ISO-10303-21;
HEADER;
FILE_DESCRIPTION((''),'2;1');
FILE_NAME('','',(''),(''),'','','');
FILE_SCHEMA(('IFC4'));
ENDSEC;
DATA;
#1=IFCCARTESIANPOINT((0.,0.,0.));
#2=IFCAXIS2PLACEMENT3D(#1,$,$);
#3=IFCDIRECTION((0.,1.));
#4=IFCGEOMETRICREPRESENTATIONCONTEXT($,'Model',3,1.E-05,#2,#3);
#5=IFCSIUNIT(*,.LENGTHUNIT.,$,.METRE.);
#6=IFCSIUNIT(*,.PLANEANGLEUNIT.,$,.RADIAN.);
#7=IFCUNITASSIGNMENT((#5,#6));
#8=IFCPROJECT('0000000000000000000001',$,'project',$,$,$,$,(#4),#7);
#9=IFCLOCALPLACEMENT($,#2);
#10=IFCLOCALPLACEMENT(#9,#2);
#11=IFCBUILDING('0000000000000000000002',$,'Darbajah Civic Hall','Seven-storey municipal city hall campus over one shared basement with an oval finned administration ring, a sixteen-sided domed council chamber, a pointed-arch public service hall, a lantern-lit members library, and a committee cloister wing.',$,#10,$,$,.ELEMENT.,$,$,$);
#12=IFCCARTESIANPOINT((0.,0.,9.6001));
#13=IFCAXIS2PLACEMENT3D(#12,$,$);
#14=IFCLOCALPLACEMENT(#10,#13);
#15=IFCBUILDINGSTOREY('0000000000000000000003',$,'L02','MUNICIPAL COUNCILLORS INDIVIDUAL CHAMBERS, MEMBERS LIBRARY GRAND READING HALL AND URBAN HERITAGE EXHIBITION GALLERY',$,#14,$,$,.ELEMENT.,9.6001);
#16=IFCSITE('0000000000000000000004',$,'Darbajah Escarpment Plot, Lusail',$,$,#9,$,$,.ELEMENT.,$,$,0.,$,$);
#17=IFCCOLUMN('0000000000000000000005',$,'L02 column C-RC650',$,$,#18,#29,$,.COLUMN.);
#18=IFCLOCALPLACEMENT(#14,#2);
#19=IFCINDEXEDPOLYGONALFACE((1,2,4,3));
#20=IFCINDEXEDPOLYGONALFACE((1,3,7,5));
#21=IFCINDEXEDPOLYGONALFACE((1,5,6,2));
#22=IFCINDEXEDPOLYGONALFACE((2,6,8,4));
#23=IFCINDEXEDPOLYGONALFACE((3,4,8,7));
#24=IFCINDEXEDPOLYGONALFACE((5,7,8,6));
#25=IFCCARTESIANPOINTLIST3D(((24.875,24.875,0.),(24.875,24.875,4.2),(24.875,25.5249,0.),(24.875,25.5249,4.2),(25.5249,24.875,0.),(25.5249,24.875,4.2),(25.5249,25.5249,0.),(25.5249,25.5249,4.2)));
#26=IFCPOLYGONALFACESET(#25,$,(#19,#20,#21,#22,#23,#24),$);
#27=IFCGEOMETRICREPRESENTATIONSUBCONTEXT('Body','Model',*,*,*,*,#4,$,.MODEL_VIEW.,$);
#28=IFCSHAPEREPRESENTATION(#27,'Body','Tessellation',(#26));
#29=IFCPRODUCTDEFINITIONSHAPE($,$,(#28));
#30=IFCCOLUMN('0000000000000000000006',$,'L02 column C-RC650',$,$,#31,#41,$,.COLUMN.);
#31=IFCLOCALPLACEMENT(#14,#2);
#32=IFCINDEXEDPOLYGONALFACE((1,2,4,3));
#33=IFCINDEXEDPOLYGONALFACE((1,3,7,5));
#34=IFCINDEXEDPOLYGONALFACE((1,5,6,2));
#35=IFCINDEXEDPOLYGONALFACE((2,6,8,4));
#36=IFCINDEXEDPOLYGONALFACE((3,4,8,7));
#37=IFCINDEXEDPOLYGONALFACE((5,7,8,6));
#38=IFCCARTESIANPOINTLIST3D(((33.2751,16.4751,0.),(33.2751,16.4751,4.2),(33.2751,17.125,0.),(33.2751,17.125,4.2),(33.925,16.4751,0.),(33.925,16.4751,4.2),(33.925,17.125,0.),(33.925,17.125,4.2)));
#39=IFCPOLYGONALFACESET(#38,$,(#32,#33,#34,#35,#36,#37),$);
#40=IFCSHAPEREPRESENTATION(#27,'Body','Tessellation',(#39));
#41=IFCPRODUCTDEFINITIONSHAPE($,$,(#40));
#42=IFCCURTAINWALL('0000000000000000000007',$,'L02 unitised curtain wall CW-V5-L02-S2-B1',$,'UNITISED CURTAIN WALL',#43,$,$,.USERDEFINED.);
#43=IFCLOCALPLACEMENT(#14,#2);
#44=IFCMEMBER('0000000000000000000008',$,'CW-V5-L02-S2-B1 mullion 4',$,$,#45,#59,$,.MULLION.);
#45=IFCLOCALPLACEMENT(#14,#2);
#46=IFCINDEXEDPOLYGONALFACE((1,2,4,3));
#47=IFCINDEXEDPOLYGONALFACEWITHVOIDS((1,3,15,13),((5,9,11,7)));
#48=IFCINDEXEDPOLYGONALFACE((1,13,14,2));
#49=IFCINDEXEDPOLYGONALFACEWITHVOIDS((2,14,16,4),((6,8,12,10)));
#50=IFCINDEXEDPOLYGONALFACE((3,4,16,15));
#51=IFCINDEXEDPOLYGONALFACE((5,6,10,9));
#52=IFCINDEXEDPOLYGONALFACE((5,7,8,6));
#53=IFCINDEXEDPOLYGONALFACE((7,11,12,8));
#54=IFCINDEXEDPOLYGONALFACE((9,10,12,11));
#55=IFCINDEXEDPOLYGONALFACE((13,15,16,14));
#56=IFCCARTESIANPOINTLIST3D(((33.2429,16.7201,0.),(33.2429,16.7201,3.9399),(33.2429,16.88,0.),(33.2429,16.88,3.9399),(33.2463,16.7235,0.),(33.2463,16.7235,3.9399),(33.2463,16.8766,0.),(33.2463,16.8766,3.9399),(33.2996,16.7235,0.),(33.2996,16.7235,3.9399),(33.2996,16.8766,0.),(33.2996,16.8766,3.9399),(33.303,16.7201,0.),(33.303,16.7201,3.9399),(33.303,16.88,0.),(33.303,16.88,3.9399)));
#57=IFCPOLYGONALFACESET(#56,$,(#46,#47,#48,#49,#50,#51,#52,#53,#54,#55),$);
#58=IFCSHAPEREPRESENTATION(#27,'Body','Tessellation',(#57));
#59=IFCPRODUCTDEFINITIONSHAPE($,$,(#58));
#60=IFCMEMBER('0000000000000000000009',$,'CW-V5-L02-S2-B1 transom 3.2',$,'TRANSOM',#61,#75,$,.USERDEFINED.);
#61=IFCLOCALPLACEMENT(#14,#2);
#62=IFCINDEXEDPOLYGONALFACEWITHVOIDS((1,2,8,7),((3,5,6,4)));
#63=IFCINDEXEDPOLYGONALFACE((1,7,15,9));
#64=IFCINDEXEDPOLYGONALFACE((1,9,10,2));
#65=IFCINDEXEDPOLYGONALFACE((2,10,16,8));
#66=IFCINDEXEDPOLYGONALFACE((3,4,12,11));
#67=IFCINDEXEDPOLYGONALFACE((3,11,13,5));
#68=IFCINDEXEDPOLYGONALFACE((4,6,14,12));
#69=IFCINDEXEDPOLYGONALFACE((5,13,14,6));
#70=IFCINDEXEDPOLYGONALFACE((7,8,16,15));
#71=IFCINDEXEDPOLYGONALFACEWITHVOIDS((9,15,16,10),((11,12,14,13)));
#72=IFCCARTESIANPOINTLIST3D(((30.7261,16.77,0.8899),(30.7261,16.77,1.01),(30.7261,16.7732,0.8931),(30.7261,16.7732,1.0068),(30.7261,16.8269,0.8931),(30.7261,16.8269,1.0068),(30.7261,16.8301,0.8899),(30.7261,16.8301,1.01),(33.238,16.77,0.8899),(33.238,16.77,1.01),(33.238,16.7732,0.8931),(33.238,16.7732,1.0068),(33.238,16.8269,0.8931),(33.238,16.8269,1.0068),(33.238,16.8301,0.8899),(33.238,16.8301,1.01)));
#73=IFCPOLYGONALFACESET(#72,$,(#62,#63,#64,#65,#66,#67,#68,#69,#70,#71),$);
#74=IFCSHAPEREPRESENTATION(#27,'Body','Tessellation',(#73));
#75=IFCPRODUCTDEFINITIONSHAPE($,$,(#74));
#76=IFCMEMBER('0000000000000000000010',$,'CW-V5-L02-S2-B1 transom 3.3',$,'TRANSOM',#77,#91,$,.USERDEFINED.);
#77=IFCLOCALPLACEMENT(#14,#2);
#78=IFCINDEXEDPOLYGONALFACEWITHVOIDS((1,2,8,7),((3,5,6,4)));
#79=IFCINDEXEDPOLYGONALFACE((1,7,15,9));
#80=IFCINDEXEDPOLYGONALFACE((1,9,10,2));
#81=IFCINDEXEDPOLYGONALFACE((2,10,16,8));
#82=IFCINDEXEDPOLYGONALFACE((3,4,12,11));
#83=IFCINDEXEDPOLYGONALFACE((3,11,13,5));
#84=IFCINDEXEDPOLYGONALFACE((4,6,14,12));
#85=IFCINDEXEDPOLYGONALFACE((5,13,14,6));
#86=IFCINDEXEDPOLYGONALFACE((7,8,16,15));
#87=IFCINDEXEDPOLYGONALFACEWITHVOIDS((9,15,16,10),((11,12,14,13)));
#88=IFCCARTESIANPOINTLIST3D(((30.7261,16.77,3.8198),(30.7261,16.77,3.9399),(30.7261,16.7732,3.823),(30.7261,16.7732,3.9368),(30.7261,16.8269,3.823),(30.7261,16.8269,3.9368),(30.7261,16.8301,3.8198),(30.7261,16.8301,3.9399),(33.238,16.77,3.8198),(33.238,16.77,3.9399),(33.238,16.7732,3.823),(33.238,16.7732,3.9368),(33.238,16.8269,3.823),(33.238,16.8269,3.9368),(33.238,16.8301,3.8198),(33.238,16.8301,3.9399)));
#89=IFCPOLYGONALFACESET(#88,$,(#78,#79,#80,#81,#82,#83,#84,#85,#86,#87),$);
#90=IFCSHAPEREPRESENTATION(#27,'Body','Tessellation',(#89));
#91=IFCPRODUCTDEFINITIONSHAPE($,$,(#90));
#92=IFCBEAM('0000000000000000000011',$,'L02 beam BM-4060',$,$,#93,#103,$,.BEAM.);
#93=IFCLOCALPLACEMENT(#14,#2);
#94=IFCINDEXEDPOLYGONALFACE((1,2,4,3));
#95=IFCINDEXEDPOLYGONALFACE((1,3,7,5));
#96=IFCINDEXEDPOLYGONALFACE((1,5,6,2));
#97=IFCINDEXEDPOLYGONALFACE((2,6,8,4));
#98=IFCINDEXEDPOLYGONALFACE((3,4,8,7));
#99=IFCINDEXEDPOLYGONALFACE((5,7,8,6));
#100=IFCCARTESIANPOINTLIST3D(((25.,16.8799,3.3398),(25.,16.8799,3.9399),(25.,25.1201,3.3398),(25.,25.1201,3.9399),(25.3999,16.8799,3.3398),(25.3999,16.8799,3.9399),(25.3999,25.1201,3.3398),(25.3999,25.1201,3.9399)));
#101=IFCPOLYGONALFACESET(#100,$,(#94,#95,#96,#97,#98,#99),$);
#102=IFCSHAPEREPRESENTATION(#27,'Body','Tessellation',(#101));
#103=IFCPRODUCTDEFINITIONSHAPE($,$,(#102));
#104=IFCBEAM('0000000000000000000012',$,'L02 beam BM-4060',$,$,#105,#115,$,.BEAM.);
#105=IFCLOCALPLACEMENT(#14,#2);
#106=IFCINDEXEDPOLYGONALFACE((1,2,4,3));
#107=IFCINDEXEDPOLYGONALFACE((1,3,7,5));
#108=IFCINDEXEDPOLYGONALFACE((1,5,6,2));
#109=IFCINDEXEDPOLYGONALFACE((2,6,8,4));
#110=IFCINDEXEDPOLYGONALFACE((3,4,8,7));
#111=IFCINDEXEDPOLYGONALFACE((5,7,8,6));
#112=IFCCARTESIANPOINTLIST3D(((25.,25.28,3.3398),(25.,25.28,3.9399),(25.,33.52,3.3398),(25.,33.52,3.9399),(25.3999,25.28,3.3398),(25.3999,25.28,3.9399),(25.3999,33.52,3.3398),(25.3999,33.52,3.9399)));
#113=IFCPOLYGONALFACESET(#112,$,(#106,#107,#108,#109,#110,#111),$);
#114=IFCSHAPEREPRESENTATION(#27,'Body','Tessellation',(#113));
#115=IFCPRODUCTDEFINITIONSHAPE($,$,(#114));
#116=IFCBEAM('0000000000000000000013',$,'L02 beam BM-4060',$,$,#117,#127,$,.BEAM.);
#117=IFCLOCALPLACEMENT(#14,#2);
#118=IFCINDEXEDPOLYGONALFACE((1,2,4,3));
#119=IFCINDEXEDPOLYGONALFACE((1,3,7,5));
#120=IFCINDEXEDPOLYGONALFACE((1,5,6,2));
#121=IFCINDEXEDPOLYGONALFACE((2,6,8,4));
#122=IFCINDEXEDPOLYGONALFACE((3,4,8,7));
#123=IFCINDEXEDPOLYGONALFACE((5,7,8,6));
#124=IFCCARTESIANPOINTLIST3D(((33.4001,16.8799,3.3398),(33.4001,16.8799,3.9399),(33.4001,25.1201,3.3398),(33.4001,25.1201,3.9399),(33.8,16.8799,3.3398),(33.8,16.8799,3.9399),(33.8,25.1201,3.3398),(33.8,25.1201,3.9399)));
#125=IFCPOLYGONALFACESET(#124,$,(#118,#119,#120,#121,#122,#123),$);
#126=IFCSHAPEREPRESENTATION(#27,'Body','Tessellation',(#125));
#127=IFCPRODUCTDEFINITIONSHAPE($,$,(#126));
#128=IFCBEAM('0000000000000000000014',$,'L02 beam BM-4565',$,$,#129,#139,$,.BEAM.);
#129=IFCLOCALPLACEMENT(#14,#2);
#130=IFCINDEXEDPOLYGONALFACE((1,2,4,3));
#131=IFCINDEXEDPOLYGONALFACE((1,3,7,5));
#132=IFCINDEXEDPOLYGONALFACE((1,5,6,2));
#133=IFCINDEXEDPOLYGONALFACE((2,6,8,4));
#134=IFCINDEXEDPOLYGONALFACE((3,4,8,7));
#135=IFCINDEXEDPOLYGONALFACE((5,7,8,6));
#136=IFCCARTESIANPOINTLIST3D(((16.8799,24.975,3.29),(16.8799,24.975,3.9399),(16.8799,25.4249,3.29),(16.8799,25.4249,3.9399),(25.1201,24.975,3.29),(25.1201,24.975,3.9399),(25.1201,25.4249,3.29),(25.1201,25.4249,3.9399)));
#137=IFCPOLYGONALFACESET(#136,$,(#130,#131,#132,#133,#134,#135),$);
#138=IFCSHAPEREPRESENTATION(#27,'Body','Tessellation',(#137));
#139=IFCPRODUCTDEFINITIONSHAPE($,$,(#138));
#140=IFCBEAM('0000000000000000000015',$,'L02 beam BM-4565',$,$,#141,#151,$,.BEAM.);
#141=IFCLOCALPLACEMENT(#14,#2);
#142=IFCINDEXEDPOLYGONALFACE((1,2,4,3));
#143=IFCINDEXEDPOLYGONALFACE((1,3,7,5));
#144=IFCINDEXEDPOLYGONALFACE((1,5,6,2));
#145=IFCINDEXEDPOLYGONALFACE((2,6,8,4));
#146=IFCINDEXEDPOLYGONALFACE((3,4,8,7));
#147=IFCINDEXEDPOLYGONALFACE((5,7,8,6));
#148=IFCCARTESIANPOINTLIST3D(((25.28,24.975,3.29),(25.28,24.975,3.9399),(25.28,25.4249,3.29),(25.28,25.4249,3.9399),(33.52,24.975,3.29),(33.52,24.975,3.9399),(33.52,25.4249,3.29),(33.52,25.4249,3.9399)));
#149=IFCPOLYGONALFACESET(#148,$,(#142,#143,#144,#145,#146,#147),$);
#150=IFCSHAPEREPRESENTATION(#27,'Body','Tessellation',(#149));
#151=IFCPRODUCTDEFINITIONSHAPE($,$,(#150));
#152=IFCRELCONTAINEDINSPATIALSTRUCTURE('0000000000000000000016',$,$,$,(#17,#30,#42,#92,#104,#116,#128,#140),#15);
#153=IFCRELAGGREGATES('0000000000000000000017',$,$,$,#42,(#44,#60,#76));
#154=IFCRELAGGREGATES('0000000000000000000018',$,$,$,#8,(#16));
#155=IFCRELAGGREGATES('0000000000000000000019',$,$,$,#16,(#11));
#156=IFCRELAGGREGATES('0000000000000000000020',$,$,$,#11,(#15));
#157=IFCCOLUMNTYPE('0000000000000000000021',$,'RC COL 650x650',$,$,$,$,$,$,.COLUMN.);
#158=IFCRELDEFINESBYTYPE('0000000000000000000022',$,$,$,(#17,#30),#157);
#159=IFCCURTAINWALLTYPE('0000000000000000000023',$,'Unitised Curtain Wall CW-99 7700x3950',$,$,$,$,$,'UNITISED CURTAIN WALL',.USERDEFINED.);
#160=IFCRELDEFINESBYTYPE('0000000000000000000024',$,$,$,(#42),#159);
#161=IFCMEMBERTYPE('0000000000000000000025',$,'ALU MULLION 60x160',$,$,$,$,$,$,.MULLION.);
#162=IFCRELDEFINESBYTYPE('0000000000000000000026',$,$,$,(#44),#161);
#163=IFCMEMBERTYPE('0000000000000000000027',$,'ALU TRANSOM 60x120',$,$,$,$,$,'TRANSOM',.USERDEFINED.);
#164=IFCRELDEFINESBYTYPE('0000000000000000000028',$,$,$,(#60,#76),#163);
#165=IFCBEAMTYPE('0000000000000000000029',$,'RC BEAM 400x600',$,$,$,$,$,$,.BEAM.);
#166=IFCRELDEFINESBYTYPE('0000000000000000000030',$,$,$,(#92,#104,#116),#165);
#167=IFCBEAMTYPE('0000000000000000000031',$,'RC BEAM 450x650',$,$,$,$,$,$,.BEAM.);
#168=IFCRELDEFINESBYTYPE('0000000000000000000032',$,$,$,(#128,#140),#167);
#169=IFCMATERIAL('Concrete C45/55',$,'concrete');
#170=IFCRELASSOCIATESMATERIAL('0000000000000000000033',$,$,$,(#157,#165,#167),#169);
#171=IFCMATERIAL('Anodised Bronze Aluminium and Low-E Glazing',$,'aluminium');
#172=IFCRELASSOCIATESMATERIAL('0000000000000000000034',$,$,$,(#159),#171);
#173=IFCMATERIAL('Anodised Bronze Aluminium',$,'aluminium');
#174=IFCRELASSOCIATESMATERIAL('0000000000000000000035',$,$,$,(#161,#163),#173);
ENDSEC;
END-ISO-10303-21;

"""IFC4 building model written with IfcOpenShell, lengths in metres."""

from ifc_helpers import new_model, si_unit, direction, frame, origin, origin_2d, place, context, subcontext, project, spatial, rectangle, hollow_rectangle, extrude, material, material_profile, profile_set, type_object, element, aggregate, save


model = new_model("IFC4")

# Units and contexts
model_context = context("Model", 3, precision=1e-05, world=origin(), true_north=direction((0.0, 1.0)))
body_context = subcontext(model_context, "Body", "Model", "MODEL_VIEW")
ifc_project = project(units=[si_unit("LENGTHUNIT", "METRE"), si_unit("PLANEANGLEUNIT", "RADIAN")], contexts=[model_context])

# Site, building, storey
site_placement = place(None, origin())
site = spatial("IfcSite", under=ifc_project, at=site_placement, Name="Darbajah Escarpment Plot, Lusail", CompositionType="ELEMENT", RefElevation=0.0)
building_placement = place(site_placement, origin())
building = spatial("IfcBuilding", under=site, at=building_placement, Name="Darbajah Civic Hall", Description="Seven-storey municipal city hall campus over one shared basement with an oval finned administration ring, a sixteen-sided domed council chamber, a pointed-arch public service hall, a lantern-lit members library, and a committee cloister wing.", CompositionType="ELEMENT")
storey_placement = place(building_placement, frame((0.0, 0.0, 9.6001)))
storey = spatial("IfcBuildingStorey", under=building, at=storey_placement, Name="L02", Description="MUNICIPAL COUNCILLORS INDIVIDUAL CHAMBERS, MEMBERS LIBRARY GRAND READING HALL AND URBAN HERITAGE EXHIBITION GALLERY", CompositionType="ELEMENT", Elevation=9.6001)

# Columns
ifc_material_1 = material(Name="Concrete C45/55", Category="concrete")
ifc_material_profile_1 = material_profile(ifc_material_1, rectangle(XDim=0.6499, YDim=0.6499, at=origin_2d()), Name="RC COL 650x650")
ifc_profile_set_1 = profile_set([ifc_material_profile_1], Name="Concrete C45/55")
column_type = type_object("IfcColumnType", Name="RC COL 650x650", PredefinedType="COLUMN", material=ifc_profile_set_1)
for number, where, z_axis, x_axis, name in (
    (1, (25.2, 25.2, 0.0), (0.0, 0.0, 1.0), (1.0, 0.0, 0.0), "L02 column C-RC650"),
    (2, (33.6001, 16.8, 0.0), (0.0, 0.0, 1.0), (1.0, 0.0, 0.0), "L02 column C-RC650"),
):
    element("IfcColumn", number, at=place(storey_placement, frame(where, z_axis=z_axis, x_axis=x_axis)), inside=storey, type_object=column_type, Name=name, PredefinedType="COLUMN", context=body_context, shape_type="SweptSolid", body=[
        extrude(rectangle(XDim=0.6499, YDim=0.6499, at=origin_2d()), origin(), (0.0, 0.0, 1.0), 4.2),
    ])

# Curtain wall, members
ifc_material_2 = material(Name="Anodised Bronze Aluminium and Low-E Glazing", Category="aluminium")
curtain_wall_type = type_object("IfcCurtainWallType", Name="Unitised Curtain Wall CW-99 7700x3950", ElementType="UNITISED CURTAIN WALL", PredefinedType="USERDEFINED", material=ifc_material_2)
curtain_wall_placement = place(storey_placement, origin())
curtain_wall = element("IfcCurtainWall", 3, at=curtain_wall_placement, inside=storey, type_object=curtain_wall_type, Name="L02 unitised curtain wall CW-V5-L02-S2-B1", ObjectType="UNITISED CURTAIN WALL", PredefinedType="USERDEFINED")
ifc_material_3 = material(Name="Anodised Bronze Aluminium", Category="aluminium")
ifc_material_profile_2 = material_profile(ifc_material_3, hollow_rectangle(XDim=0.0601, YDim=0.1599, WallThickness=0.0034, at=origin_2d()), Name="ALU MULLION 60x160")
ifc_profile_set_2 = profile_set([ifc_material_profile_2], Name="Anodised Bronze Aluminium")
member_type_1 = type_object("IfcMemberType", Name="ALU MULLION 60x160", PredefinedType="MULLION", material=ifc_profile_set_2)
member_1_placement = place(storey_placement, frame((33.2729, 16.8, 0.0), z_axis=(0.0, 0.0, 1.0), x_axis=(1.0, 0.0, 0.0)))
member_1 = element("IfcMember", 4, at=member_1_placement, type_object=member_type_1, Name="CW-V5-L02-S2-B1 mullion 4", PredefinedType="MULLION", context=body_context, shape_type="SweptSolid", body=[
    extrude(hollow_rectangle(XDim=0.0601, YDim=0.1599, WallThickness=0.0034, at=origin_2d()), origin(), (0.0, 0.0, 1.0), 3.9399),
])
ifc_material_profile_3 = material_profile(ifc_material_3, hollow_rectangle(XDim=0.0601, YDim=0.1201, WallThickness=0.0032, at=origin_2d()), Name="ALU TRANSOM 60x120")
ifc_profile_set_3 = profile_set([ifc_material_profile_3], Name="Anodised Bronze Aluminium")
member_type_2 = type_object("IfcMemberType", Name="ALU TRANSOM 60x120", ElementType="TRANSOM", PredefinedType="USERDEFINED", material=ifc_profile_set_3)
member_2_placement = place(storey_placement, frame((30.7261, 16.8, 0.95), z_axis=(1.0, 0.0, 0.0), x_axis=(0.0, 1.0, 0.0)))
member_2 = element("IfcMember", 5, at=member_2_placement, type_object=member_type_2, Name="CW-V5-L02-S2-B1 transom 3.2", ObjectType="TRANSOM", PredefinedType="USERDEFINED", context=body_context, shape_type="SweptSolid", body=[
    extrude(hollow_rectangle(XDim=0.0601, YDim=0.1201, WallThickness=0.0032, at=origin_2d()), origin(), (0.0, 0.0, 1.0), 2.512),
])
member_3_placement = place(storey_placement, frame((30.7261, 16.8, 3.8799), z_axis=(1.0, 0.0, 0.0), x_axis=(0.0, 1.0, 0.0)))
member_3 = element("IfcMember", 6, at=member_3_placement, type_object=member_type_2, Name="CW-V5-L02-S2-B1 transom 3.3", ObjectType="TRANSOM", PredefinedType="USERDEFINED", context=body_context, shape_type="SweptSolid", body=[
    extrude(hollow_rectangle(XDim=0.0601, YDim=0.1201, WallThickness=0.0032, at=origin_2d()), origin(), (0.0, 0.0, 1.0), 2.512),
])

# Beams
ifc_material_profile_4 = material_profile(ifc_material_1, rectangle(XDim=0.3999, YDim=0.6001, at=origin_2d()), Name="RC BEAM 400x600")
ifc_profile_set_4 = profile_set([ifc_material_profile_4], Name="Concrete C45/55")
beam_type_1 = type_object("IfcBeamType", Name="RC BEAM 400x600", PredefinedType="BEAM", material=ifc_profile_set_4)
beam_1_placement = place(storey_placement, frame((25.2, 16.8799, 3.6399), z_axis=(0.0, 1.0, 0.0), x_axis=(-1.0, 0.0, 0.0)))
element("IfcBeam", 7, at=beam_1_placement, inside=storey, type_object=beam_type_1, Name="L02 beam BM-4060", PredefinedType="BEAM", context=body_context, shape_type="SweptSolid", body=[
    extrude(rectangle(XDim=0.3999, YDim=0.6001, at=origin_2d()), origin(), (0.0, 0.0, 1.0), 8.2402),
])
beam_2_placement = place(storey_placement, frame((25.2, 25.28, 3.6399), z_axis=(0.0, 1.0, 0.0), x_axis=(-1.0, 0.0, 0.0)))
element("IfcBeam", 8, at=beam_2_placement, inside=storey, type_object=beam_type_1, Name="L02 beam BM-4060", PredefinedType="BEAM", context=body_context, shape_type="SweptSolid", body=[
    extrude(rectangle(XDim=0.3999, YDim=0.6001, at=origin_2d()), origin(), (0.0, 0.0, 1.0), 8.24),
])
beam_3_placement = place(storey_placement, frame((33.6001, 16.8799, 3.6399), z_axis=(0.0, 1.0, 0.0), x_axis=(-1.0, 0.0, 0.0)))
element("IfcBeam", 9, at=beam_3_placement, inside=storey, type_object=beam_type_1, Name="L02 beam BM-4060", PredefinedType="BEAM", context=body_context, shape_type="SweptSolid", body=[
    extrude(rectangle(XDim=0.3999, YDim=0.6001, at=origin_2d()), origin(), (0.0, 0.0, 1.0), 8.2402),
])
ifc_material_profile_5 = material_profile(ifc_material_1, rectangle(XDim=0.45, YDim=0.6499, at=origin_2d()), Name="RC BEAM 450x650")
ifc_profile_set_5 = profile_set([ifc_material_profile_5], Name="Concrete C45/55")
beam_type_2 = type_object("IfcBeamType", Name="RC BEAM 450x650", PredefinedType="BEAM", material=ifc_profile_set_5)
beam_4_placement = place(storey_placement, frame((16.8799, 25.2, 3.615), z_axis=(1.0, 0.0, 0.0), x_axis=(0.0, 1.0, 0.0)))
element("IfcBeam", 10, at=beam_4_placement, inside=storey, type_object=beam_type_2, Name="L02 beam BM-4565", PredefinedType="BEAM", context=body_context, shape_type="SweptSolid", body=[
    extrude(rectangle(XDim=0.45, YDim=0.6499, at=origin_2d()), origin(), (0.0, 0.0, 1.0), 8.2402),
])
beam_5_placement = place(storey_placement, frame((25.28, 25.2, 3.615), z_axis=(1.0, 0.0, 0.0), x_axis=(0.0, 1.0, 0.0)))
element("IfcBeam", 11, at=beam_5_placement, inside=storey, type_object=beam_type_2, Name="L02 beam BM-4565", PredefinedType="BEAM", context=body_context, shape_type="SweptSolid", body=[
    extrude(rectangle(XDim=0.45, YDim=0.6499, at=origin_2d()), origin(), (0.0, 0.0, 1.0), 8.24),
])

aggregate(curtain_wall, [member_1, member_2, member_3])

save(model, "model.ifc")
